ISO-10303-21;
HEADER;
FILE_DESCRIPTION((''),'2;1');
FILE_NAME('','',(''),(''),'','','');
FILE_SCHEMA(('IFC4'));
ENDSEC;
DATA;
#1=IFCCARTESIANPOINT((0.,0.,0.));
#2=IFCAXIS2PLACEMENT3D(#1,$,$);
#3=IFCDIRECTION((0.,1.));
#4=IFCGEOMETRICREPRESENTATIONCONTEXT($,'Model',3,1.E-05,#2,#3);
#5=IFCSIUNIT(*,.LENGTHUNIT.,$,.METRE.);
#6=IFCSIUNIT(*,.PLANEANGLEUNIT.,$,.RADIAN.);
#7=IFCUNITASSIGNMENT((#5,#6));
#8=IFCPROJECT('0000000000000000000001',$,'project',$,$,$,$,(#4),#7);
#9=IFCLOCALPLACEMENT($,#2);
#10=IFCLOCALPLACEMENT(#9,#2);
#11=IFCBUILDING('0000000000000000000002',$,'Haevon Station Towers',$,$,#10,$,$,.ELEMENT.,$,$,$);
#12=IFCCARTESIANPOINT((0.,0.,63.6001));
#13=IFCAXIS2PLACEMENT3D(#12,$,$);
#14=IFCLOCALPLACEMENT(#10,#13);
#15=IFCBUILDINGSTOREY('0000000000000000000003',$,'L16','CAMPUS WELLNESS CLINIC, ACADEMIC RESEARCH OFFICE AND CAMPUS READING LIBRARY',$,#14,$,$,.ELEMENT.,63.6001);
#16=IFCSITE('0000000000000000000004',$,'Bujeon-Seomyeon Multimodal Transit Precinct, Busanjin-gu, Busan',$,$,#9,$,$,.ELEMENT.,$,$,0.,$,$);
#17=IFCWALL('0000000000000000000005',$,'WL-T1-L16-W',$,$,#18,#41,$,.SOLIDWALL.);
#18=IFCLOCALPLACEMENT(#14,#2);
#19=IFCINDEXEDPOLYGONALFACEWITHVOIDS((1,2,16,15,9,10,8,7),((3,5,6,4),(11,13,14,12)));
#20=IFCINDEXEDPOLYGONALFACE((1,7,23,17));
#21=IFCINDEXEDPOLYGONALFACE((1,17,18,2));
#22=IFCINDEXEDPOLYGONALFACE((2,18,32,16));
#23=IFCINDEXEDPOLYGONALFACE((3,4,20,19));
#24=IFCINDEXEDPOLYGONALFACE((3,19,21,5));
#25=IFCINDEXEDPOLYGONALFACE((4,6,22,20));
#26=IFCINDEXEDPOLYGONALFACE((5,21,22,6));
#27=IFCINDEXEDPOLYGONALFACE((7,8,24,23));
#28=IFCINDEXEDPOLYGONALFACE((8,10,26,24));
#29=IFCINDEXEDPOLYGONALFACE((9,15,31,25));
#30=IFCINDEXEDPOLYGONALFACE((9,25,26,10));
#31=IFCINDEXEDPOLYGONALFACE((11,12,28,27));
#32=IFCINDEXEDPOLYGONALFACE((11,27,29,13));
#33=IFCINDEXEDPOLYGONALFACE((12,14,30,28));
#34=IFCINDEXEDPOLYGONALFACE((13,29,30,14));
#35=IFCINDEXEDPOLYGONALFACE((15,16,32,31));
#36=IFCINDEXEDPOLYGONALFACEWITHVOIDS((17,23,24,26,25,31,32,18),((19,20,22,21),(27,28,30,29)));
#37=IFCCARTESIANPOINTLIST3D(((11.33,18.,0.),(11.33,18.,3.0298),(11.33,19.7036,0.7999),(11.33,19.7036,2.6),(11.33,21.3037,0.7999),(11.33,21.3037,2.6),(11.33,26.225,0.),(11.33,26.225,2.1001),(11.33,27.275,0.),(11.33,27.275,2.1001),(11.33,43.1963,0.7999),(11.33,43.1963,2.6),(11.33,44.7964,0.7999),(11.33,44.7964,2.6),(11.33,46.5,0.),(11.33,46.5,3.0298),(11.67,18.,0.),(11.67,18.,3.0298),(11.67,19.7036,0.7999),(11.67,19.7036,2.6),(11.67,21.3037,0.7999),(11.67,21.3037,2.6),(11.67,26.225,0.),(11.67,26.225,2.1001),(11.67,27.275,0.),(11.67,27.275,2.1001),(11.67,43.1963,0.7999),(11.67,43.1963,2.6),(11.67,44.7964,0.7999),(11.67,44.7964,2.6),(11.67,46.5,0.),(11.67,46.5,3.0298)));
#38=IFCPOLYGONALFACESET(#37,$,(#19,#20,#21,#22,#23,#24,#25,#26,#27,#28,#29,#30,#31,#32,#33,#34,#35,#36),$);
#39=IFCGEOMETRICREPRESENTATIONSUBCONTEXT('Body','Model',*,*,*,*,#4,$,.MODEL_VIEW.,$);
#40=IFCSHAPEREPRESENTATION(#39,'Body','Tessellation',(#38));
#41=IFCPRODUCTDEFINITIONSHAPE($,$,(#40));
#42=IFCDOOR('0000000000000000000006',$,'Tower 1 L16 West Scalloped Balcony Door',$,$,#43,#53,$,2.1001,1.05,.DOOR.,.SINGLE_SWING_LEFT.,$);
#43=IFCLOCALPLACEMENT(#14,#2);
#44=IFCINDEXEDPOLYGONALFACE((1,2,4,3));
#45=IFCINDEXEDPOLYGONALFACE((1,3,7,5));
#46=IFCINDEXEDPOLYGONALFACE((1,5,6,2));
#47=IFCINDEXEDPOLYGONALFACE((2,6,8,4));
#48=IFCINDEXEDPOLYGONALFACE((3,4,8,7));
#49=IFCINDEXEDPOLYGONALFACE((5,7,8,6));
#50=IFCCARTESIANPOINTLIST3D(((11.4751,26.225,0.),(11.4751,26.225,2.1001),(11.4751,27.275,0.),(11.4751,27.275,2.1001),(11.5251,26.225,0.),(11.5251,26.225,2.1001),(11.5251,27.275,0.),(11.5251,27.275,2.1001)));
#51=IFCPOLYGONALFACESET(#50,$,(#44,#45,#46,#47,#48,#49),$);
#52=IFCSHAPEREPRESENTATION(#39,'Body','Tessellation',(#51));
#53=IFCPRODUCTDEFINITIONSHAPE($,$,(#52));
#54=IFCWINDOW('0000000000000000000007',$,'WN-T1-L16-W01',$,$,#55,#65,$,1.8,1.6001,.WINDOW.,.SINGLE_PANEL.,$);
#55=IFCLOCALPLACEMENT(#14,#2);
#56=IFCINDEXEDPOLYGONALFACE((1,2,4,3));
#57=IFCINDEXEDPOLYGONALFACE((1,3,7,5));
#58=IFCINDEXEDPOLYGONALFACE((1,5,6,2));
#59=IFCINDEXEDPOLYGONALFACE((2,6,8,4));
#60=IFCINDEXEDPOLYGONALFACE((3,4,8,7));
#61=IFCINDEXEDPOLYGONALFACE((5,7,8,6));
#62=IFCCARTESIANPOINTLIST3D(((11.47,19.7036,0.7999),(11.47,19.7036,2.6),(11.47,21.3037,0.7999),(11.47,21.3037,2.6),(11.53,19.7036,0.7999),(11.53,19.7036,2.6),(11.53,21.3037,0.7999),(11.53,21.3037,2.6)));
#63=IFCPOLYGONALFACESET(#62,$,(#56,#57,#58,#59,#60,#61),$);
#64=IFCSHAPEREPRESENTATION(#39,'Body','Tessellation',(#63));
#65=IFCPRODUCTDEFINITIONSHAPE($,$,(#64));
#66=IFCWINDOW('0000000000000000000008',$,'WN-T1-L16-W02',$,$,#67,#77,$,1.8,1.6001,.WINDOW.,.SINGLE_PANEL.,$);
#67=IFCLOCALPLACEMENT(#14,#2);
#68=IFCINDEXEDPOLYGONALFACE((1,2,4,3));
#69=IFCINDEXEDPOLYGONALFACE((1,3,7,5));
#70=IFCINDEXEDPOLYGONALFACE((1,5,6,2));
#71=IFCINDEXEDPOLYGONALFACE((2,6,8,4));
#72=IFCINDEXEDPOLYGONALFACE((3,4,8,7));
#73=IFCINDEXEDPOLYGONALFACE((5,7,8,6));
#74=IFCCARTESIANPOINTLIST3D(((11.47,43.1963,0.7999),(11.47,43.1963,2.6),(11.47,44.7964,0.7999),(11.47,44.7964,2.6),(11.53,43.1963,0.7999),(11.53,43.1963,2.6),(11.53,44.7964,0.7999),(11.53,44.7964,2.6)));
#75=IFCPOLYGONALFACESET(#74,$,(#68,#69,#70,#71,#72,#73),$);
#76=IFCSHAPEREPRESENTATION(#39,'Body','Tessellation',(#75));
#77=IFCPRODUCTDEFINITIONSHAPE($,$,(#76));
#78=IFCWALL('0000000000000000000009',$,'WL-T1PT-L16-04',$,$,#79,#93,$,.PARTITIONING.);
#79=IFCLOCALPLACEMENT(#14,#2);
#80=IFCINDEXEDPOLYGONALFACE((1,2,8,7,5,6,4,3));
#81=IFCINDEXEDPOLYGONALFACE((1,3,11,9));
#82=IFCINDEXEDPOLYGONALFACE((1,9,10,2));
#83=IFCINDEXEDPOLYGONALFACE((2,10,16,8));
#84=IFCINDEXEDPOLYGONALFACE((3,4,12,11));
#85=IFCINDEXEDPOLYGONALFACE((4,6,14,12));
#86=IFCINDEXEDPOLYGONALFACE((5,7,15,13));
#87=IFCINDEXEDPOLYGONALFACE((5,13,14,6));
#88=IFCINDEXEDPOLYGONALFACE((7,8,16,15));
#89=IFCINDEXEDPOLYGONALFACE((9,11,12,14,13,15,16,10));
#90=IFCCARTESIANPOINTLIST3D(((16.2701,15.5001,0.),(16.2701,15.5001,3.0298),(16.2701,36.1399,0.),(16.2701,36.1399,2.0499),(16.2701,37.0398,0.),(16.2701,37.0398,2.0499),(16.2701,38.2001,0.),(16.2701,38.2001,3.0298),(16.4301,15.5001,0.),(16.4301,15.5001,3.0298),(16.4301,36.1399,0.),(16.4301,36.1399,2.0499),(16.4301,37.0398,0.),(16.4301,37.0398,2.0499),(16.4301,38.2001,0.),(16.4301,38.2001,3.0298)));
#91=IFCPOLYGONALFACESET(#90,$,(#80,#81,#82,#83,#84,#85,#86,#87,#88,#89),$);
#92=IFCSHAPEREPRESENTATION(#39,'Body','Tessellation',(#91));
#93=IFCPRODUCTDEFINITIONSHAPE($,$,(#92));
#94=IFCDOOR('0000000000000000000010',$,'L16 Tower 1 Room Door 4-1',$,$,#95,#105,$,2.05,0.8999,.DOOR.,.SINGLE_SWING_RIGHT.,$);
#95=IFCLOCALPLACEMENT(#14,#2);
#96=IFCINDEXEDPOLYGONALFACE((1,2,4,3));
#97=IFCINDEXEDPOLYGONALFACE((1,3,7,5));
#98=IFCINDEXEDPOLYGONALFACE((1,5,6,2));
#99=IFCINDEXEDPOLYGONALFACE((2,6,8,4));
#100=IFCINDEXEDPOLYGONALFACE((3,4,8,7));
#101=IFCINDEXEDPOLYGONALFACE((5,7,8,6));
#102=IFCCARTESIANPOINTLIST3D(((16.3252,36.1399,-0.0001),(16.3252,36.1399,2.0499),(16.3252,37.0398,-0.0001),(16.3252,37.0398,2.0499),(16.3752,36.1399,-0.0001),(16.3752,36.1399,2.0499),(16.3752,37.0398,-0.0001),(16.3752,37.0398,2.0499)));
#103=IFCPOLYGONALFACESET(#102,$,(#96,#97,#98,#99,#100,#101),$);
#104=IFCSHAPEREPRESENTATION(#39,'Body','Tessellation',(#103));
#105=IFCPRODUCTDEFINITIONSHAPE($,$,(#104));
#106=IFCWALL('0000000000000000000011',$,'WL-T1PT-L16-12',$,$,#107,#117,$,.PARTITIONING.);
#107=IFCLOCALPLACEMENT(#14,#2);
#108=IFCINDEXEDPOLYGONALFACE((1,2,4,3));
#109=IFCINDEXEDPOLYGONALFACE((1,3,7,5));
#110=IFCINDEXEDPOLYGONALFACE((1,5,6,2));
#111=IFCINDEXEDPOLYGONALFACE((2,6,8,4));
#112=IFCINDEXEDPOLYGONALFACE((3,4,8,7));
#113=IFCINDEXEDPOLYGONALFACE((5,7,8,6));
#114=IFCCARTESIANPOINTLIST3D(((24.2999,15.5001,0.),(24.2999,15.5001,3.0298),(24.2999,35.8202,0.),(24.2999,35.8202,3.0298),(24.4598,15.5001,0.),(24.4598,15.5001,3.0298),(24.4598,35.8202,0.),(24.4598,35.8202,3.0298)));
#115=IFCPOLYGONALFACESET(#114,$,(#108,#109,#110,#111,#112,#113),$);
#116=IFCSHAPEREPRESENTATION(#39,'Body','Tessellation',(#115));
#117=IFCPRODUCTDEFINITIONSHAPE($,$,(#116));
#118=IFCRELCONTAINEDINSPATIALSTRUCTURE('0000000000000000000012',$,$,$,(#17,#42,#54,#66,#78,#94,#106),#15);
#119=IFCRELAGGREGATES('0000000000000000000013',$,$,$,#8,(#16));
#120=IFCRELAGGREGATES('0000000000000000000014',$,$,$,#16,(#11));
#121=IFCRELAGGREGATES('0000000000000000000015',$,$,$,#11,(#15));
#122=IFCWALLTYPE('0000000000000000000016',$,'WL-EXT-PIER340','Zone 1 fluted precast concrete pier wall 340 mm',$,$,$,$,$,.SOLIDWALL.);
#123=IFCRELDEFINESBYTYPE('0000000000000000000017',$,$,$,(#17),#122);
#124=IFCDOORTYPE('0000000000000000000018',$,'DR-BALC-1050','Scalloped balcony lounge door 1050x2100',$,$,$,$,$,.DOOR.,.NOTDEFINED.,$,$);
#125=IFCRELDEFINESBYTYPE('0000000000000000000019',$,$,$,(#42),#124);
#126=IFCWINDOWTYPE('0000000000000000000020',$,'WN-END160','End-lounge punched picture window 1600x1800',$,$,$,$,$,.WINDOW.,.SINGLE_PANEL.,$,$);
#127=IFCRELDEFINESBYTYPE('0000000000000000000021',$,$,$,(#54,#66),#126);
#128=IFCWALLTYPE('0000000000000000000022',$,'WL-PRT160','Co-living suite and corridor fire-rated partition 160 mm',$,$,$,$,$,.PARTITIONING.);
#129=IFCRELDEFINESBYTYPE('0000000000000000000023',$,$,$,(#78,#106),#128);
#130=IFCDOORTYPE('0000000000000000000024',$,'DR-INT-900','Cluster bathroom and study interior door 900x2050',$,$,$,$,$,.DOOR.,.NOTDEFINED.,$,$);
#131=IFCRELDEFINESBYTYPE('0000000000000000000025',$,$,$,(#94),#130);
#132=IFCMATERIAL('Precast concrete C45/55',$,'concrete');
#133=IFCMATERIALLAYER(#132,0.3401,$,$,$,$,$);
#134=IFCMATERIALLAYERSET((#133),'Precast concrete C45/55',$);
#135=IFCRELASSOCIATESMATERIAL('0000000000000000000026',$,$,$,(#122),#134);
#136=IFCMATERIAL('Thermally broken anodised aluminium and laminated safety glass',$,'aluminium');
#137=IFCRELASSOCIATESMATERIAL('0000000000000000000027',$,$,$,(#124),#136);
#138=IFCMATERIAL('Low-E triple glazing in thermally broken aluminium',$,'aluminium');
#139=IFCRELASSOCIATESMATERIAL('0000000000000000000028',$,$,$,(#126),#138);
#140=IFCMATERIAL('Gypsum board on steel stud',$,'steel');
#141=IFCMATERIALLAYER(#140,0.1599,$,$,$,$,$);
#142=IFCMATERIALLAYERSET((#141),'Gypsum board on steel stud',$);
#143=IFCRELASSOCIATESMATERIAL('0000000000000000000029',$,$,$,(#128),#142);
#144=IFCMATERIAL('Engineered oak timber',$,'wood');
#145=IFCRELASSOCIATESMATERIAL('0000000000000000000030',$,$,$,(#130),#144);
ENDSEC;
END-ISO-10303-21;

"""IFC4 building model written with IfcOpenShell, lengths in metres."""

from ifc_helpers import new_model, si_unit, direction, frame, frame_2d, origin, place, context, subcontext, project, spatial, rectangle, extrude, material, layer, layer_set, type_object, element, fill, save


model = new_model("IFC4")

# Units and contexts
model_context = context("Model", 3, precision=1e-05, world=origin(), true_north=direction((0.0, 1.0)))
body_context = subcontext(model_context, "Body", "Model", "MODEL_VIEW")
ifc_project = project(units=[si_unit("LENGTHUNIT", "METRE"), si_unit("PLANEANGLEUNIT", "RADIAN")], contexts=[model_context])

# Site, building, storey
site_placement = place(None, origin())
site = spatial("IfcSite", under=ifc_project, at=site_placement, Name="Bujeon-Seomyeon Multimodal Transit Precinct, Busanjin-gu, Busan", CompositionType="ELEMENT", RefElevation=0.0)
building_placement = place(site_placement, origin())
building = spatial("IfcBuilding", under=site, at=building_placement, Name="Haevon Station Towers", CompositionType="ELEMENT")
storey_placement = place(building_placement, frame((0.0, 0.0, 63.6001)))
storey = spatial("IfcBuildingStorey", under=building, at=storey_placement, Name="L16", Description="CAMPUS WELLNESS CLINIC, ACADEMIC RESEARCH OFFICE AND CAMPUS READING LIBRARY", CompositionType="ELEMENT", Elevation=63.6001)

# Shared definitions
ifc_material_1 = material(Name="Precast concrete C45/55", Category="concrete")
ifc_layer_1 = layer(ifc_material_1, 0.3401)
ifc_layer_set_1 = layer_set([ifc_layer_1], Name="Precast concrete C45/55")
wall_type_1 = type_object("IfcWallType", Name="WL-EXT-PIER340", Description="Zone 1 fluted precast concrete pier wall 340 mm", PredefinedType="SOLIDWALL", material=ifc_layer_set_1)

# Wall, openings, door, windows
wall_1_placement = place(storey_placement, frame((11.5, 18.0, 0.0), z_axis=(0.0, 0.0, 1.0), x_axis=(0.0, 1.0, 0.0)))
wall_1 = element("IfcWall", 1, at=wall_1_placement, inside=storey, type_object=wall_type_1, Name="WL-T1-L16-W", PredefinedType="SOLIDWALL", context=body_context, shape_type="SweptSolid", body=[
    extrude(rectangle(XDim=28.5, YDim=0.3401, at=frame_2d((14.25, 0.0))), origin(), (0.0, 0.0, 1.0), 3.0298),
])
opening_1_placement = place(wall_1_placement, frame((8.2251, 0.0, 0.0)))
opening_1 = element("IfcOpeningElement", 2, at=opening_1_placement, cuts=wall_1, PredefinedType="OPENING", context=body_context, shape_type="SweptSolid", body=[
    extrude(rectangle(XDim=1.05, YDim=2.1001, at=frame_2d((0.5249, 1.05))), frame((0.0, 0.1799, 0.0), z_axis=(0.0, -1.0, 0.0), x_axis=(1.0, 0.0, 0.0)), (0.0, 0.0, 1.0), 0.3601),
])
opening_2_placement = place(wall_1_placement, frame((1.7036, 0.0, 0.8)))
opening_2 = element("IfcOpeningElement", 3, at=opening_2_placement, cuts=wall_1, PredefinedType="OPENING", context=body_context, shape_type="SweptSolid", body=[
    extrude(rectangle(XDim=1.6001, YDim=1.8, at=frame_2d((0.8, 0.8999))), frame((0.0, 0.1799, 0.0), z_axis=(0.0, -1.0, 0.0), x_axis=(1.0, 0.0, 0.0)), (0.0, 0.0, 1.0), 0.3601),
])
opening_3_placement = place(wall_1_placement, frame((25.1963, 0.0, 0.8)))
opening_3 = element("IfcOpeningElement", 4, at=opening_3_placement, cuts=wall_1, PredefinedType="OPENING", context=body_context, shape_type="SweptSolid", body=[
    extrude(rectangle(XDim=1.6001, YDim=1.8, at=frame_2d((0.8, 0.8999))), frame((0.0, 0.1799, 0.0), z_axis=(0.0, -1.0, 0.0), x_axis=(1.0, 0.0, 0.0)), (0.0, 0.0, 1.0), 0.3601),
])
ifc_material_2 = material(Name="Thermally broken anodised aluminium and laminated safety glass", Category="aluminium")
door_type_1 = type_object("IfcDoorType", Name="DR-BALC-1050", Description="Scalloped balcony lounge door 1050x2100", OperationType="NOTDEFINED", PredefinedType="DOOR", material=ifc_material_2)
door_1_placement = place(opening_1_placement, origin())
door_1 = element("IfcDoor", 5, at=door_1_placement, inside=storey, type_object=door_type_1, Name="Tower 1 L16 West Scalloped Balcony Door", OperationType="SINGLE_SWING_LEFT", OverallHeight=2.1001, OverallWidth=1.05, PredefinedType="DOOR", context=body_context, shape_type="SweptSolid", body=[
    extrude(rectangle(XDim=1.05, YDim=2.1001, at=frame_2d((0.5249, 1.05))), frame((0.0, 0.0249, 0.0), z_axis=(0.0, -1.0, 0.0), x_axis=(1.0, 0.0, 0.0)), (0.0, 0.0, 1.0), 0.05),
])
fill(opening_1, door_1)
ifc_material_3 = material(Name="Low-E triple glazing in thermally broken aluminium", Category="aluminium")
window_type = type_object("IfcWindowType", Name="WN-END160", Description="End-lounge punched picture window 1600x1800", PartitioningType="SINGLE_PANEL", PredefinedType="WINDOW", material=ifc_material_3)
window_1_placement = place(opening_2_placement, origin())
window_1 = element("IfcWindow", 6, at=window_1_placement, inside=storey, type_object=window_type, Name="WN-T1-L16-W01", OverallHeight=1.8, OverallWidth=1.6001, PartitioningType="SINGLE_PANEL", PredefinedType="WINDOW", context=body_context, shape_type="SweptSolid", body=[
    extrude(rectangle(XDim=1.6001, YDim=1.8, at=frame_2d((0.8, 0.8999))), frame((0.0, 0.03, 0.0), z_axis=(0.0, -1.0, 0.0), x_axis=(1.0, 0.0, 0.0)), (0.0, 0.0, 1.0), 0.0601),
])
fill(opening_2, window_1)
window_2_placement = place(opening_3_placement, origin())
window_2 = element("IfcWindow", 7, at=window_2_placement, inside=storey, type_object=window_type, Name="WN-T1-L16-W02", OverallHeight=1.8, OverallWidth=1.6001, PartitioningType="SINGLE_PANEL", PredefinedType="WINDOW", context=body_context, shape_type="SweptSolid", body=[
    extrude(rectangle(XDim=1.6001, YDim=1.8, at=frame_2d((0.8, 0.8999))), frame((0.0, 0.03, 0.0), z_axis=(0.0, -1.0, 0.0), x_axis=(1.0, 0.0, 0.0)), (0.0, 0.0, 1.0), 0.0601),
])
fill(opening_3, window_2)

# Wall, opening, door
ifc_material_4 = material(Name="Gypsum board on steel stud", Category="steel")
ifc_layer_2 = layer(ifc_material_4, 0.1599)
ifc_layer_set_2 = layer_set([ifc_layer_2], Name="Gypsum board on steel stud")
wall_type_2 = type_object("IfcWallType", Name="WL-PRT160", Description="Co-living suite and corridor fire-rated partition 160 mm", PredefinedType="PARTITIONING", material=ifc_layer_set_2)
wall_2_placement = place(storey_placement, frame((16.3501, 15.5, 0.0), z_axis=(0.0, 0.0, 1.0), x_axis=(0.0, 1.0, 0.0)))
wall_2 = element("IfcWall", 8, at=wall_2_placement, inside=storey, type_object=wall_type_2, Name="WL-T1PT-L16-04", PredefinedType="PARTITIONING", context=body_context, shape_type="SweptSolid", body=[
    extrude(rectangle(XDim=22.7, YDim=0.1599, at=frame_2d((11.3501, 0.0))), origin(), (0.0, 0.0, 1.0), 3.0298),
])
opening_4_placement = place(wall_2_placement, frame((20.6399, 0.0, 0.0)))
opening_4 = element("IfcOpeningElement", 9, at=opening_4_placement, cuts=wall_2, PredefinedType="OPENING", context=body_context, shape_type="SweptSolid", body=[
    extrude(rectangle(XDim=0.8999, YDim=2.05, at=frame_2d((0.45, 1.0249))), frame((0.0, 0.0898, 0.0), z_axis=(0.0, -1.0, 0.0), x_axis=(1.0, 0.0, 0.0)), (0.0, 0.0, 1.0), 0.1799),
])
ifc_material_5 = material(Name="Engineered oak timber", Category="wood")
door_type_2 = type_object("IfcDoorType", Name="DR-INT-900", Description="Cluster bathroom and study interior door 900x2050", OperationType="NOTDEFINED", PredefinedType="DOOR", material=ifc_material_5)
door_2_placement = place(opening_4_placement, origin())
door_2 = element("IfcDoor", 10, at=door_2_placement, inside=storey, type_object=door_type_2, Name="L16 Tower 1 Room Door 4-1", OperationType="SINGLE_SWING_RIGHT", OverallHeight=2.05, OverallWidth=0.8999, PredefinedType="DOOR", context=body_context, shape_type="SweptSolid", body=[
    extrude(rectangle(XDim=0.8999, YDim=2.05, at=frame_2d((0.45, 1.0249))), frame((0.0, 0.0249, 0.0), z_axis=(0.0, -1.0, 0.0), x_axis=(1.0, 0.0, 0.0)), (0.0, 0.0, 1.0), 0.05),
])
fill(opening_4, door_2)

# Wall
wall_3_placement = place(storey_placement, frame((24.3799, 15.5, 0.0), z_axis=(0.0, 0.0, 1.0), x_axis=(0.0, 1.0, 0.0)))
element("IfcWall", 11, at=wall_3_placement, inside=storey, type_object=wall_type_2, Name="WL-T1PT-L16-12", PredefinedType="PARTITIONING", context=body_context, shape_type="SweptSolid", body=[
    extrude(rectangle(XDim=20.3201, YDim=0.1599, at=frame_2d((10.1602, 0.0))), origin(), (0.0, 0.0, 1.0), 3.0298),
])

save(model, "model.ifc")
